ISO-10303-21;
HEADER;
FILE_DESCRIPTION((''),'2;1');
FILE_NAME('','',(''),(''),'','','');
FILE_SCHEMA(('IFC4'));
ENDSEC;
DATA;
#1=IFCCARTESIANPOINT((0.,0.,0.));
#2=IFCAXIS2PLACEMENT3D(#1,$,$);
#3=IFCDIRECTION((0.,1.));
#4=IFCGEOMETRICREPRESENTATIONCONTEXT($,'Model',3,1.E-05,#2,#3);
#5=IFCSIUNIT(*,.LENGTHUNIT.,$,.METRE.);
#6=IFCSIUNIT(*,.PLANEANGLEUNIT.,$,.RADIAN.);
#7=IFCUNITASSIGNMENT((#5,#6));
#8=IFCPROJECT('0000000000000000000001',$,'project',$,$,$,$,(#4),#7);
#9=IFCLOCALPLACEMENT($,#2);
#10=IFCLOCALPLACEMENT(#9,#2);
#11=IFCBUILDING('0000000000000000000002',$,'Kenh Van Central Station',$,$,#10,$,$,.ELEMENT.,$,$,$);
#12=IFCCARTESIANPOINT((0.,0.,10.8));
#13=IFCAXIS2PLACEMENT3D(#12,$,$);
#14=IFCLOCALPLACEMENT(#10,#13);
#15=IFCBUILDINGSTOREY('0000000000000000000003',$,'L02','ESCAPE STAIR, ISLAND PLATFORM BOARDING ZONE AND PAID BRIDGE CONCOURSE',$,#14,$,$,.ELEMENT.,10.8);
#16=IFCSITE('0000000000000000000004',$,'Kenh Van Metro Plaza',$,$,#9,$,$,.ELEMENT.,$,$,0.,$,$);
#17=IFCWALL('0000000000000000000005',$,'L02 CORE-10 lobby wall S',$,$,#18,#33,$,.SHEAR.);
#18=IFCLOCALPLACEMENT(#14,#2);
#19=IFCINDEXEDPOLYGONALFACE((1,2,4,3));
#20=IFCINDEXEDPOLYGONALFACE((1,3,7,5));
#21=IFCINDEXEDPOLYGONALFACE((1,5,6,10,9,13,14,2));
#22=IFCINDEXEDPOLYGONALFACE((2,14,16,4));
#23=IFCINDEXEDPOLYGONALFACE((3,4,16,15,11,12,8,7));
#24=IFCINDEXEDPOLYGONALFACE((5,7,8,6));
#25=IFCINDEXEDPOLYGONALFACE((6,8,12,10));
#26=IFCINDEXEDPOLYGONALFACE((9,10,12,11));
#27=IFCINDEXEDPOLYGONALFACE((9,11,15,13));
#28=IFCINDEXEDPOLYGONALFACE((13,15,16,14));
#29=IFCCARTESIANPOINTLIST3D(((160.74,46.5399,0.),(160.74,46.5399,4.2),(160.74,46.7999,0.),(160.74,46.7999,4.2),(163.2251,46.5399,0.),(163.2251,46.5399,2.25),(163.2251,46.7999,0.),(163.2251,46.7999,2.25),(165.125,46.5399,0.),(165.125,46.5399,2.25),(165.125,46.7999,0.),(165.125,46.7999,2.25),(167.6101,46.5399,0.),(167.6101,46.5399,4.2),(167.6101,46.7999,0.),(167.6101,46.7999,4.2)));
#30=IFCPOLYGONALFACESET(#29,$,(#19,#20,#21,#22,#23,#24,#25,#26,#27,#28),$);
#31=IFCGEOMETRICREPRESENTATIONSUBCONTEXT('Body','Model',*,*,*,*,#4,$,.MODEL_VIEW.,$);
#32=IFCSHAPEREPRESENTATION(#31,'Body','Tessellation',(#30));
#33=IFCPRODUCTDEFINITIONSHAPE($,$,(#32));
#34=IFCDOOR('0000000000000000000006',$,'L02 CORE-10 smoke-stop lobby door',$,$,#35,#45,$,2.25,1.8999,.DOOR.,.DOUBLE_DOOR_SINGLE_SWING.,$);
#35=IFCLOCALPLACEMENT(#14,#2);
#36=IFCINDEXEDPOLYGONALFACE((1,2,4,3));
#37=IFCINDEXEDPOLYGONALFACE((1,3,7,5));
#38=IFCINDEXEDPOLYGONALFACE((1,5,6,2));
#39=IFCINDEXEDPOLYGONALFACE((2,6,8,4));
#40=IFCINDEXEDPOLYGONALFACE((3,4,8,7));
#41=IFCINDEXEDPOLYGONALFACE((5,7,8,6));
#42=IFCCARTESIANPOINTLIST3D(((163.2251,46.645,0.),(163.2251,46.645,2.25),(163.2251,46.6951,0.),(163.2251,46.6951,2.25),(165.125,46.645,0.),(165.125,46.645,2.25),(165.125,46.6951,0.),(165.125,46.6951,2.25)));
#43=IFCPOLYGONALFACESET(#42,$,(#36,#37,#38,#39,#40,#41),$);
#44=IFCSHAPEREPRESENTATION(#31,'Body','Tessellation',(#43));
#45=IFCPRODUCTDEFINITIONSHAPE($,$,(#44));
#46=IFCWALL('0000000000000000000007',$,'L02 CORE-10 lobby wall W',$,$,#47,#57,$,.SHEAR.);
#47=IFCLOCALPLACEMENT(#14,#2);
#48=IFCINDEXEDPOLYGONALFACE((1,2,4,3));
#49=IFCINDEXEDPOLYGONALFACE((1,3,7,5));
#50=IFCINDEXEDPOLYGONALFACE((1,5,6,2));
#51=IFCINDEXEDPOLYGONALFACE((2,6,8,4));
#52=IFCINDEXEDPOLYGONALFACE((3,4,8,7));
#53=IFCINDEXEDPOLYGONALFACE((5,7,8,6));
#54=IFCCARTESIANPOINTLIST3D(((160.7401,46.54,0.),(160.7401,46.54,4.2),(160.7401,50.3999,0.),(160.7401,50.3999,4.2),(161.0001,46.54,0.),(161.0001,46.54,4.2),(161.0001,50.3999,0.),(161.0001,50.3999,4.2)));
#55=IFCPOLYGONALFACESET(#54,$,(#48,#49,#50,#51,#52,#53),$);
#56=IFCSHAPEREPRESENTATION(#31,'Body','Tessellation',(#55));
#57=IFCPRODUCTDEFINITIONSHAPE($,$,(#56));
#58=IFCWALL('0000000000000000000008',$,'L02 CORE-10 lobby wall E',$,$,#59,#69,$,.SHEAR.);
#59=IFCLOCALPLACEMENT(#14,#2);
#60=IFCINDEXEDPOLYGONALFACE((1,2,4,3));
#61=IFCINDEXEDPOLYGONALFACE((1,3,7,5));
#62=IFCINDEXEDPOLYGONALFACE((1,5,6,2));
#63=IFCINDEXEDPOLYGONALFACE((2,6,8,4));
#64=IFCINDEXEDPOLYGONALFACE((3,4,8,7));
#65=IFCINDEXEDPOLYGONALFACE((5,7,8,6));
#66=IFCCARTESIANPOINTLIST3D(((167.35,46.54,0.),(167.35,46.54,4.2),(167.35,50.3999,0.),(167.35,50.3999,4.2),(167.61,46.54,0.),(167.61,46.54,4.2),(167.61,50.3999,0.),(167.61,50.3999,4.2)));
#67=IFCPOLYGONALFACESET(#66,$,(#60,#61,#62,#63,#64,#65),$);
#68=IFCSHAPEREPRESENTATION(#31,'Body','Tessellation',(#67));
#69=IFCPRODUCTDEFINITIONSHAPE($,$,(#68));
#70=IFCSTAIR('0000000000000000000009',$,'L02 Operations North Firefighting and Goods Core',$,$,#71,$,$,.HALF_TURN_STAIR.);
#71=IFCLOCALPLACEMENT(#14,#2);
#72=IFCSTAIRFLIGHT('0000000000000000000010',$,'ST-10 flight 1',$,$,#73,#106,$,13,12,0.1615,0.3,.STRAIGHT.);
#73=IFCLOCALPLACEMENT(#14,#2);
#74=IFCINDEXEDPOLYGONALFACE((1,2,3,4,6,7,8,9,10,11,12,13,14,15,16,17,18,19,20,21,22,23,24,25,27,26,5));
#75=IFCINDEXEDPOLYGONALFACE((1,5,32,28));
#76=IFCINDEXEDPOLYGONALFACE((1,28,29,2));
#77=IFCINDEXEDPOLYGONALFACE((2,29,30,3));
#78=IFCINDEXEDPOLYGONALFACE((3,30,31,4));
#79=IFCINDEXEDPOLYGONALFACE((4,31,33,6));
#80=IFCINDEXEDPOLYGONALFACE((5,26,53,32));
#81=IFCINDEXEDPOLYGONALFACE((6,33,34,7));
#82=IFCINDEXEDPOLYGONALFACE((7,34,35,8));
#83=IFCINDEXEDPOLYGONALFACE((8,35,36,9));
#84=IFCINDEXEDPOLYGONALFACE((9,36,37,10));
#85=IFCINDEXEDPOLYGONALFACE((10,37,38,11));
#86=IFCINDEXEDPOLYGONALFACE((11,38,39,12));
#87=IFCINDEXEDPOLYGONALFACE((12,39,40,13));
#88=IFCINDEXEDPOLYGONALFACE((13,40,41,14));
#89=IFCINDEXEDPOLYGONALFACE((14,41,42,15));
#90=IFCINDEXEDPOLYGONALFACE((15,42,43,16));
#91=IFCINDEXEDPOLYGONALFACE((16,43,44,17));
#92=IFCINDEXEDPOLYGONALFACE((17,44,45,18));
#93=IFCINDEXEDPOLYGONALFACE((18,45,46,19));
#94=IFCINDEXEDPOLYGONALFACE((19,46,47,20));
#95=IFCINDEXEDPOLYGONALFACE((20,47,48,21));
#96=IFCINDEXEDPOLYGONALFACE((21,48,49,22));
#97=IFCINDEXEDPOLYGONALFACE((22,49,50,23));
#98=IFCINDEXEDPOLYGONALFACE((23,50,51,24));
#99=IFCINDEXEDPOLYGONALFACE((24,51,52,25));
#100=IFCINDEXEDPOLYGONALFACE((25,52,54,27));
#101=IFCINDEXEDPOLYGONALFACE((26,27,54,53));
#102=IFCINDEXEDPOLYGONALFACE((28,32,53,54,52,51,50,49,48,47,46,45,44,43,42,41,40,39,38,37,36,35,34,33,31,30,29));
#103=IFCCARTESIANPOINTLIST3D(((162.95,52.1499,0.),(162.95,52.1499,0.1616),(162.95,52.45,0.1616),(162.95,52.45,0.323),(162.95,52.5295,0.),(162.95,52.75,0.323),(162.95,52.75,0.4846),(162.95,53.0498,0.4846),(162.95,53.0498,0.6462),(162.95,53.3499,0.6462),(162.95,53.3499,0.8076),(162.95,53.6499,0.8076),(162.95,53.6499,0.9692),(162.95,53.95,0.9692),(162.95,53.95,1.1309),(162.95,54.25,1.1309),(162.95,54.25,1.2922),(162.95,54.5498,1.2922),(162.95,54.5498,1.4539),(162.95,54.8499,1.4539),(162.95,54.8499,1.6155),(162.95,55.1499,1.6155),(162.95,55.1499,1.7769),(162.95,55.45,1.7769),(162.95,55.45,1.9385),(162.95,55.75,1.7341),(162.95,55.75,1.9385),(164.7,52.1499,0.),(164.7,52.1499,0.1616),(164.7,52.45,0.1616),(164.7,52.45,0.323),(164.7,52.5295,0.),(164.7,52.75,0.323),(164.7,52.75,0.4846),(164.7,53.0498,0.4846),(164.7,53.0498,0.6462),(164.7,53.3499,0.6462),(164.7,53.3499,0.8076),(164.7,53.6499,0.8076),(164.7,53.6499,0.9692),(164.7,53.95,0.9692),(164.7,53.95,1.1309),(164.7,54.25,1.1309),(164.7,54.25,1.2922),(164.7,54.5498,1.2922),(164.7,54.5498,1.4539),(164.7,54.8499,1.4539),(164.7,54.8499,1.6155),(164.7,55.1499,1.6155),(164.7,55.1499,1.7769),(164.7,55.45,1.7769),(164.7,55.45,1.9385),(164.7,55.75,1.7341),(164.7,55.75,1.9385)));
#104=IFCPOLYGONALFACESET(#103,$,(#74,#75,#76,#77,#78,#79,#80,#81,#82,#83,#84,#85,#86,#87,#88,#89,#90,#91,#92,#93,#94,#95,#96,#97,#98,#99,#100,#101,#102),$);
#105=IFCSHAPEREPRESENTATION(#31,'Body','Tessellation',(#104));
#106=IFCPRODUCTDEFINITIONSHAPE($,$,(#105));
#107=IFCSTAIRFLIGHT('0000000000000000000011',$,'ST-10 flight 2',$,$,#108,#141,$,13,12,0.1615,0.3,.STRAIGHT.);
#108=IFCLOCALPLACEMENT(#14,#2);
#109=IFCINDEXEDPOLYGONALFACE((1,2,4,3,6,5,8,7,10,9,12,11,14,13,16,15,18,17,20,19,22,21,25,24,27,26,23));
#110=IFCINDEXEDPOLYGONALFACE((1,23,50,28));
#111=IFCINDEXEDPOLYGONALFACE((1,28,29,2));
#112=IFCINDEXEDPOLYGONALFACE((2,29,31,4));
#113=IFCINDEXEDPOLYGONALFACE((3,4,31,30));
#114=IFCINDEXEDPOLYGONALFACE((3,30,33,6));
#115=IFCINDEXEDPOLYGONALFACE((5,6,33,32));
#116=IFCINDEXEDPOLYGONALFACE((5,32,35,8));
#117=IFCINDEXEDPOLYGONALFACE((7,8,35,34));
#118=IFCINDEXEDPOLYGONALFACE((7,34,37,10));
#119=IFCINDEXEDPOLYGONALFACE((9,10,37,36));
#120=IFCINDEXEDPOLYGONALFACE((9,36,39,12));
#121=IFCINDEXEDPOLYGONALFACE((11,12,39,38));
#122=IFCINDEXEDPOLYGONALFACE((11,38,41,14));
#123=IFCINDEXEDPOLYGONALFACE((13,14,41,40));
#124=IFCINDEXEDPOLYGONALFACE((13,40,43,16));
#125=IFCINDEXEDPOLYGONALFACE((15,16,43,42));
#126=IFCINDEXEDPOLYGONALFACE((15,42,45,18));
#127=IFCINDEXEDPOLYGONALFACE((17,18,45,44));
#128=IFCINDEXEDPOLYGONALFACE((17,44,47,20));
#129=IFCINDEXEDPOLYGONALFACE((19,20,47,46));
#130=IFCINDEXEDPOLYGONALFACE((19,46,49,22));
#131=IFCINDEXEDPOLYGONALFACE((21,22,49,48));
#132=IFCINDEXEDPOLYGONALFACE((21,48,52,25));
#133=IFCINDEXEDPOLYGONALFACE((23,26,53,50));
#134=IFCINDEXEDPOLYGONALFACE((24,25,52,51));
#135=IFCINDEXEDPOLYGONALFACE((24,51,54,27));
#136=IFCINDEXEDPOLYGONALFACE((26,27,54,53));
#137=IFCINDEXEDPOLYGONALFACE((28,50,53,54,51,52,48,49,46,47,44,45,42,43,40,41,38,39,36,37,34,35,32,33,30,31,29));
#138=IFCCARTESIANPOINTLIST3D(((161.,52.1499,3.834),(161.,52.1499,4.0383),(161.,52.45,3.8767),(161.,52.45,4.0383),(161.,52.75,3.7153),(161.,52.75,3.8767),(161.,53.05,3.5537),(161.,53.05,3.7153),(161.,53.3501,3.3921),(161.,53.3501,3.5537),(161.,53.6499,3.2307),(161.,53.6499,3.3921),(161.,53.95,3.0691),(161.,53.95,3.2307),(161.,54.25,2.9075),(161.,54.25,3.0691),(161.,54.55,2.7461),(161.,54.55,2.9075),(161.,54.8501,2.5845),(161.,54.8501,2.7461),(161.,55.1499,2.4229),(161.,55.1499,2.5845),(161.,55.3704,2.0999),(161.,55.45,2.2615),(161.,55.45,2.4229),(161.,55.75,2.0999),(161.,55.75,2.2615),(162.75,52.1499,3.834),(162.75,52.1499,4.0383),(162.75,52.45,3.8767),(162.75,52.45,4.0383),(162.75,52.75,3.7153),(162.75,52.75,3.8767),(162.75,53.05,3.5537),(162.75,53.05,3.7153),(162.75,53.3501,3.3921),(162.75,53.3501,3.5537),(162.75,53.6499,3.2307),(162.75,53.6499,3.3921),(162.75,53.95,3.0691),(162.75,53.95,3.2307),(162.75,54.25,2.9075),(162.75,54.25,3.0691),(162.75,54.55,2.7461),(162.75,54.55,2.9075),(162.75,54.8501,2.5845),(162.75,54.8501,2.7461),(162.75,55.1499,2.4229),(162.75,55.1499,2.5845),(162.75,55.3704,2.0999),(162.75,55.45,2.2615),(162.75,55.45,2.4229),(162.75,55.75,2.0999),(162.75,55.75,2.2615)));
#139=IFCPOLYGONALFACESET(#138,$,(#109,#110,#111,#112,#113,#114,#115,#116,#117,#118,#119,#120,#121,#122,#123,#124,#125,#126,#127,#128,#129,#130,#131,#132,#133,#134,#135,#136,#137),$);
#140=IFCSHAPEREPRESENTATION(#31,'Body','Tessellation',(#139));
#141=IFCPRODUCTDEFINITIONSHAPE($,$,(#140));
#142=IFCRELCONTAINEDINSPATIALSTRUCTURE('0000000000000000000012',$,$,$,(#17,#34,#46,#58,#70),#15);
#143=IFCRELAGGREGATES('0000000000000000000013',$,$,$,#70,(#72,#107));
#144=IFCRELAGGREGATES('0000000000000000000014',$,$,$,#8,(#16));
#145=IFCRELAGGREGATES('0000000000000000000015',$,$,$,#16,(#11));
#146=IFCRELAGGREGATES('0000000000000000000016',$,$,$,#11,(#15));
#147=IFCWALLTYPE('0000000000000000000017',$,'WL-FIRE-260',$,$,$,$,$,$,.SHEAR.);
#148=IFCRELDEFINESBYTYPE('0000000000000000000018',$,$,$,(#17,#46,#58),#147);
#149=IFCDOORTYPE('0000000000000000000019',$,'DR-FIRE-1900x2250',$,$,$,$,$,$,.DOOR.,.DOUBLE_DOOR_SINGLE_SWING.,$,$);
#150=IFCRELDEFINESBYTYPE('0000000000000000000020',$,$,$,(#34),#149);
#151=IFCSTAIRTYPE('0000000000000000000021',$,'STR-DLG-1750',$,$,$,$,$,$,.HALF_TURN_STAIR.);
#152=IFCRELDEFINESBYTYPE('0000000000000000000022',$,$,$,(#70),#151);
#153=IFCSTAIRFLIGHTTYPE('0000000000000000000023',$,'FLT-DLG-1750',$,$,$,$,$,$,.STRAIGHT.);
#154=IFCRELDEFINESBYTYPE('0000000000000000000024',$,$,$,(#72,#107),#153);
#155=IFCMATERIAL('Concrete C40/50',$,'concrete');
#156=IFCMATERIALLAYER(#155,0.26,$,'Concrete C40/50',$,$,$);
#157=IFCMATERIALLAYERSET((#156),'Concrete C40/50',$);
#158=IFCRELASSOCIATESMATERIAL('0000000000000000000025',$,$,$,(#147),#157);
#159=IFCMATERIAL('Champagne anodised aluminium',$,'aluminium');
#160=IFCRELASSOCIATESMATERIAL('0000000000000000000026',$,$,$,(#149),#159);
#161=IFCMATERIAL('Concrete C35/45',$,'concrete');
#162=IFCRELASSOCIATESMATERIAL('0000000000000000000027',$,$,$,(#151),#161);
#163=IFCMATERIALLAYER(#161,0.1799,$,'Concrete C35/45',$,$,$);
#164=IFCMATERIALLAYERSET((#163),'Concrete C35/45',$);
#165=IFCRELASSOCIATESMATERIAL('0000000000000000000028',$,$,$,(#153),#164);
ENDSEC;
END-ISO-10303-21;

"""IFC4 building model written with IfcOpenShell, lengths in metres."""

from ifc_helpers import new_model, si_unit, direction, frame, frame_2d, origin, place, context, subcontext, project, spatial, polyline, rectangle, outline, extrude, material, layer, layer_set, type_object, element, fill, aggregate, save


model = new_model("IFC4")

# Units and contexts
model_context = context("Model", 3, precision=1e-05, world=origin(), true_north=direction((0.0, 1.0)))
body_context = subcontext(model_context, "Body", "Model", "MODEL_VIEW")
ifc_project = project(units=[si_unit("LENGTHUNIT", "METRE"), si_unit("PLANEANGLEUNIT", "RADIAN")], contexts=[model_context])

# Site, building, storey
site_placement = place(None, origin())
site = spatial("IfcSite", under=ifc_project, at=site_placement, Name="Kenh Van Metro Plaza", CompositionType="ELEMENT", RefElevation=0.0)
building_placement = place(site_placement, origin())
building = spatial("IfcBuilding", under=site, at=building_placement, Name="Kenh Van Central Station", CompositionType="ELEMENT")
storey_placement = place(building_placement, frame((0.0, 0.0, 10.8)))
storey = spatial("IfcBuildingStorey", under=building, at=storey_placement, Name="L02", Description="ESCAPE STAIR, ISLAND PLATFORM BOARDING ZONE AND PAID BRIDGE CONCOURSE", CompositionType="ELEMENT", Elevation=10.8)

# Shared definitions
ifc_material_1 = material(Name="Concrete C40/50", Category="concrete")

# Shared definitions
ifc_material_2 = material(Name="Concrete C35/45", Category="concrete")

# Shared definitions
ifc_material_3 = material(Name="Champagne anodised aluminium", Category="aluminium")

# Wall, opening, door
ifc_layer_1 = layer(ifc_material_1, 0.26, Name="Concrete C40/50")
ifc_layer_set_1 = layer_set([ifc_layer_1], Name="Concrete C40/50")
wall_type_1 = type_object("IfcWallType", Name="WL-FIRE-260", PredefinedType="SHEAR", material=ifc_layer_set_1)
wall_1_placement = place(storey_placement, frame((167.6101, 46.6699, 0.0), z_axis=(0.0, 0.0, 1.0), x_axis=(-1.0, 0.0, 0.0)))
wall_1 = element("IfcWall", 1, at=wall_1_placement, inside=storey, type_object=wall_type_1, Name="L02 CORE-10 lobby wall S", PredefinedType="SHEAR", context=body_context, shape_type="SweptSolid", body=[
    extrude(rectangle(XDim=6.8701, YDim=0.26, at=frame_2d((3.4351, 0.0))), origin(), (0.0, 0.0, 1.0), 4.2),
])
opening_1_placement = place(wall_1_placement, frame((2.4851, 0.0, 0.0)))
opening_1 = element("IfcOpeningElement", 2, at=opening_1_placement, cuts=wall_1, PredefinedType="OPENING", context=body_context, shape_type="SweptSolid", body=[
    extrude(rectangle(XDim=1.8999, YDim=2.25, at=frame_2d((0.95, 1.125))), frame((0.0, 0.1399, 0.0), z_axis=(0.0, -1.0, 0.0), x_axis=(1.0, 0.0, 0.0)), (0.0, 0.0, 1.0), 0.28),
])
door_type_1 = type_object("IfcDoorType", Name="DR-FIRE-1900x2250", OperationType="DOUBLE_DOOR_SINGLE_SWING", PredefinedType="DOOR", material=ifc_material_3)
door_1_placement = place(opening_1_placement, origin())
door_1 = element("IfcDoor", 3, at=door_1_placement, inside=storey, type_object=door_type_1, Name="L02 CORE-10 smoke-stop lobby door", OperationType="DOUBLE_DOOR_SINGLE_SWING", OverallHeight=2.25, OverallWidth=1.8999, PredefinedType="DOOR", context=body_context, shape_type="SweptSolid", body=[
    extrude(rectangle(XDim=1.8999, YDim=2.25, at=frame_2d((0.95, 1.125))), frame((0.0, 0.0249, 0.0), z_axis=(0.0, -1.0, 0.0), x_axis=(1.0, 0.0, 0.0)), (0.0, 0.0, 1.0), 0.05),
])
fill(opening_1, door_1)

# Walls
for number, where, z_axis, x_axis, name in (
    (4, (160.8701, 46.54, 0.0), (0.0, 0.0, 1.0), (0.0, 1.0, 0.0), "L02 CORE-10 lobby wall W"),
    (5, (167.48, 46.54, 0.0), (0.0, 0.0, 1.0), (0.0, 1.0, 0.0), "L02 CORE-10 lobby wall E"),
):
    element("IfcWall", number, at=place(storey_placement, frame(where, z_axis=z_axis, x_axis=x_axis)), inside=storey, type_object=wall_type_1, Name=name, PredefinedType="SHEAR", context=body_context, shape_type="SweptSolid", body=[
        extrude(rectangle(XDim=3.8599, YDim=0.26, at=frame_2d((1.9299, 0.0))), origin(), (0.0, 0.0, 1.0), 4.2),
    ])

# Stair, stair flights
stair_type = type_object("IfcStairType", Name="STR-DLG-1750", PredefinedType="HALF_TURN_STAIR", material=ifc_material_2)
stair_placement = place(storey_placement, origin())
stair = element("IfcStair", 6, at=stair_placement, inside=storey, type_object=stair_type, Name="L02 Operations North Firefighting and Goods Core", PredefinedType="HALF_TURN_STAIR")
ifc_layer_2 = layer(ifc_material_2, 0.1799, Name="Concrete C35/45")
ifc_layer_set_2 = layer_set([ifc_layer_2], Name="Concrete C35/45")
stair_flight_type = type_object("IfcStairFlightType", Name="FLT-DLG-1750", PredefinedType="STRAIGHT", material=ifc_layer_set_2)
stair_flight_1_placement = place(storey_placement, frame((163.825, 52.1499, 0.0), z_axis=(0.0, 0.0, 1.0), x_axis=(0.0, 1.0, 0.0)))
stair_flight_1 = element("IfcStairFlight", 7, at=stair_flight_1_placement, type_object=stair_flight_type, Name="ST-10 flight 1", NumberOfRisers=13, NumberOfTreads=12, PredefinedType="STRAIGHT", RiserHeight=0.1615, TreadLength=0.3, context=body_context, shape_type="SweptSolid", body=[
    extrude(outline(polyline([(0.0, 0.0), (0.0, 0.1616), (0.3, 0.1616), (0.3, 0.323), (0.6001, 0.323), (0.6001, 0.4846), (0.8999, 0.4846), (0.8999, 0.6462), (1.2, 0.6462), (1.2, 0.8076), (1.5, 0.8076), (1.5, 0.9692), (1.8, 0.9692), (1.8, 1.1309), (2.1001, 1.1309), (2.1001, 1.2922), (2.3999, 1.2922), (2.3999, 1.4539), (2.7, 1.4539), (2.7, 1.6155), (3.0, 1.6155), (3.0, 1.7769), (3.3, 1.7769), (3.3, 1.9385), (3.6001, 1.9385), (3.6001, 2.1001), (3.6001, 1.7341), (0.3796, 0.0), (0.0, 0.0)])), frame((0.0, 0.875, 0.0), z_axis=(0.0, -1.0, 0.0), x_axis=(1.0, 0.0, 0.0)), (0.0, 0.0, 1.0), 1.75),
])
stair_flight_2_placement = place(storey_placement, frame((161.875, 55.75, 2.0999), z_axis=(0.0, 0.0, 1.0), x_axis=(0.0, -1.0, 0.0)))
stair_flight_2 = element("IfcStairFlight", 8, at=stair_flight_2_placement, type_object=stair_flight_type, Name="ST-10 flight 2", NumberOfRisers=13, NumberOfTreads=12, PredefinedType="STRAIGHT", RiserHeight=0.1615, TreadLength=0.3, context=body_context, shape_type="SweptSolid", body=[
    extrude(outline(polyline([(0.0, 0.0), (0.0, 0.1616), (0.3, 0.1616), (0.3, 0.323), (0.6001, 0.323), (0.6001, 0.4846), (0.8999, 0.4846), (0.8999, 0.6462), (1.2, 0.6462), (1.2, 0.8076), (1.5, 0.8076), (1.5, 0.9692), (1.8, 0.9692), (1.8, 1.1309), (2.1001, 1.1309), (2.1001, 1.2922), (2.3999, 1.2922), (2.3999, 1.4539), (2.7, 1.4539), (2.7, 1.6155), (3.0, 1.6155), (3.0, 1.7769), (3.3, 1.7769), (3.3, 1.9385), (3.6001, 1.9385), (3.6001, 2.1001), (3.6001, 1.7341), (0.3796, 0.0), (0.0, 0.0)])), frame((0.0, 0.875, 0.0), z_axis=(0.0, -1.0, 0.0), x_axis=(1.0, 0.0, 0.0)), (0.0, 0.0, 1.0), 1.75),
])
aggregate(stair, [stair_flight_1, stair_flight_2])

save(model, "model.ifc")
